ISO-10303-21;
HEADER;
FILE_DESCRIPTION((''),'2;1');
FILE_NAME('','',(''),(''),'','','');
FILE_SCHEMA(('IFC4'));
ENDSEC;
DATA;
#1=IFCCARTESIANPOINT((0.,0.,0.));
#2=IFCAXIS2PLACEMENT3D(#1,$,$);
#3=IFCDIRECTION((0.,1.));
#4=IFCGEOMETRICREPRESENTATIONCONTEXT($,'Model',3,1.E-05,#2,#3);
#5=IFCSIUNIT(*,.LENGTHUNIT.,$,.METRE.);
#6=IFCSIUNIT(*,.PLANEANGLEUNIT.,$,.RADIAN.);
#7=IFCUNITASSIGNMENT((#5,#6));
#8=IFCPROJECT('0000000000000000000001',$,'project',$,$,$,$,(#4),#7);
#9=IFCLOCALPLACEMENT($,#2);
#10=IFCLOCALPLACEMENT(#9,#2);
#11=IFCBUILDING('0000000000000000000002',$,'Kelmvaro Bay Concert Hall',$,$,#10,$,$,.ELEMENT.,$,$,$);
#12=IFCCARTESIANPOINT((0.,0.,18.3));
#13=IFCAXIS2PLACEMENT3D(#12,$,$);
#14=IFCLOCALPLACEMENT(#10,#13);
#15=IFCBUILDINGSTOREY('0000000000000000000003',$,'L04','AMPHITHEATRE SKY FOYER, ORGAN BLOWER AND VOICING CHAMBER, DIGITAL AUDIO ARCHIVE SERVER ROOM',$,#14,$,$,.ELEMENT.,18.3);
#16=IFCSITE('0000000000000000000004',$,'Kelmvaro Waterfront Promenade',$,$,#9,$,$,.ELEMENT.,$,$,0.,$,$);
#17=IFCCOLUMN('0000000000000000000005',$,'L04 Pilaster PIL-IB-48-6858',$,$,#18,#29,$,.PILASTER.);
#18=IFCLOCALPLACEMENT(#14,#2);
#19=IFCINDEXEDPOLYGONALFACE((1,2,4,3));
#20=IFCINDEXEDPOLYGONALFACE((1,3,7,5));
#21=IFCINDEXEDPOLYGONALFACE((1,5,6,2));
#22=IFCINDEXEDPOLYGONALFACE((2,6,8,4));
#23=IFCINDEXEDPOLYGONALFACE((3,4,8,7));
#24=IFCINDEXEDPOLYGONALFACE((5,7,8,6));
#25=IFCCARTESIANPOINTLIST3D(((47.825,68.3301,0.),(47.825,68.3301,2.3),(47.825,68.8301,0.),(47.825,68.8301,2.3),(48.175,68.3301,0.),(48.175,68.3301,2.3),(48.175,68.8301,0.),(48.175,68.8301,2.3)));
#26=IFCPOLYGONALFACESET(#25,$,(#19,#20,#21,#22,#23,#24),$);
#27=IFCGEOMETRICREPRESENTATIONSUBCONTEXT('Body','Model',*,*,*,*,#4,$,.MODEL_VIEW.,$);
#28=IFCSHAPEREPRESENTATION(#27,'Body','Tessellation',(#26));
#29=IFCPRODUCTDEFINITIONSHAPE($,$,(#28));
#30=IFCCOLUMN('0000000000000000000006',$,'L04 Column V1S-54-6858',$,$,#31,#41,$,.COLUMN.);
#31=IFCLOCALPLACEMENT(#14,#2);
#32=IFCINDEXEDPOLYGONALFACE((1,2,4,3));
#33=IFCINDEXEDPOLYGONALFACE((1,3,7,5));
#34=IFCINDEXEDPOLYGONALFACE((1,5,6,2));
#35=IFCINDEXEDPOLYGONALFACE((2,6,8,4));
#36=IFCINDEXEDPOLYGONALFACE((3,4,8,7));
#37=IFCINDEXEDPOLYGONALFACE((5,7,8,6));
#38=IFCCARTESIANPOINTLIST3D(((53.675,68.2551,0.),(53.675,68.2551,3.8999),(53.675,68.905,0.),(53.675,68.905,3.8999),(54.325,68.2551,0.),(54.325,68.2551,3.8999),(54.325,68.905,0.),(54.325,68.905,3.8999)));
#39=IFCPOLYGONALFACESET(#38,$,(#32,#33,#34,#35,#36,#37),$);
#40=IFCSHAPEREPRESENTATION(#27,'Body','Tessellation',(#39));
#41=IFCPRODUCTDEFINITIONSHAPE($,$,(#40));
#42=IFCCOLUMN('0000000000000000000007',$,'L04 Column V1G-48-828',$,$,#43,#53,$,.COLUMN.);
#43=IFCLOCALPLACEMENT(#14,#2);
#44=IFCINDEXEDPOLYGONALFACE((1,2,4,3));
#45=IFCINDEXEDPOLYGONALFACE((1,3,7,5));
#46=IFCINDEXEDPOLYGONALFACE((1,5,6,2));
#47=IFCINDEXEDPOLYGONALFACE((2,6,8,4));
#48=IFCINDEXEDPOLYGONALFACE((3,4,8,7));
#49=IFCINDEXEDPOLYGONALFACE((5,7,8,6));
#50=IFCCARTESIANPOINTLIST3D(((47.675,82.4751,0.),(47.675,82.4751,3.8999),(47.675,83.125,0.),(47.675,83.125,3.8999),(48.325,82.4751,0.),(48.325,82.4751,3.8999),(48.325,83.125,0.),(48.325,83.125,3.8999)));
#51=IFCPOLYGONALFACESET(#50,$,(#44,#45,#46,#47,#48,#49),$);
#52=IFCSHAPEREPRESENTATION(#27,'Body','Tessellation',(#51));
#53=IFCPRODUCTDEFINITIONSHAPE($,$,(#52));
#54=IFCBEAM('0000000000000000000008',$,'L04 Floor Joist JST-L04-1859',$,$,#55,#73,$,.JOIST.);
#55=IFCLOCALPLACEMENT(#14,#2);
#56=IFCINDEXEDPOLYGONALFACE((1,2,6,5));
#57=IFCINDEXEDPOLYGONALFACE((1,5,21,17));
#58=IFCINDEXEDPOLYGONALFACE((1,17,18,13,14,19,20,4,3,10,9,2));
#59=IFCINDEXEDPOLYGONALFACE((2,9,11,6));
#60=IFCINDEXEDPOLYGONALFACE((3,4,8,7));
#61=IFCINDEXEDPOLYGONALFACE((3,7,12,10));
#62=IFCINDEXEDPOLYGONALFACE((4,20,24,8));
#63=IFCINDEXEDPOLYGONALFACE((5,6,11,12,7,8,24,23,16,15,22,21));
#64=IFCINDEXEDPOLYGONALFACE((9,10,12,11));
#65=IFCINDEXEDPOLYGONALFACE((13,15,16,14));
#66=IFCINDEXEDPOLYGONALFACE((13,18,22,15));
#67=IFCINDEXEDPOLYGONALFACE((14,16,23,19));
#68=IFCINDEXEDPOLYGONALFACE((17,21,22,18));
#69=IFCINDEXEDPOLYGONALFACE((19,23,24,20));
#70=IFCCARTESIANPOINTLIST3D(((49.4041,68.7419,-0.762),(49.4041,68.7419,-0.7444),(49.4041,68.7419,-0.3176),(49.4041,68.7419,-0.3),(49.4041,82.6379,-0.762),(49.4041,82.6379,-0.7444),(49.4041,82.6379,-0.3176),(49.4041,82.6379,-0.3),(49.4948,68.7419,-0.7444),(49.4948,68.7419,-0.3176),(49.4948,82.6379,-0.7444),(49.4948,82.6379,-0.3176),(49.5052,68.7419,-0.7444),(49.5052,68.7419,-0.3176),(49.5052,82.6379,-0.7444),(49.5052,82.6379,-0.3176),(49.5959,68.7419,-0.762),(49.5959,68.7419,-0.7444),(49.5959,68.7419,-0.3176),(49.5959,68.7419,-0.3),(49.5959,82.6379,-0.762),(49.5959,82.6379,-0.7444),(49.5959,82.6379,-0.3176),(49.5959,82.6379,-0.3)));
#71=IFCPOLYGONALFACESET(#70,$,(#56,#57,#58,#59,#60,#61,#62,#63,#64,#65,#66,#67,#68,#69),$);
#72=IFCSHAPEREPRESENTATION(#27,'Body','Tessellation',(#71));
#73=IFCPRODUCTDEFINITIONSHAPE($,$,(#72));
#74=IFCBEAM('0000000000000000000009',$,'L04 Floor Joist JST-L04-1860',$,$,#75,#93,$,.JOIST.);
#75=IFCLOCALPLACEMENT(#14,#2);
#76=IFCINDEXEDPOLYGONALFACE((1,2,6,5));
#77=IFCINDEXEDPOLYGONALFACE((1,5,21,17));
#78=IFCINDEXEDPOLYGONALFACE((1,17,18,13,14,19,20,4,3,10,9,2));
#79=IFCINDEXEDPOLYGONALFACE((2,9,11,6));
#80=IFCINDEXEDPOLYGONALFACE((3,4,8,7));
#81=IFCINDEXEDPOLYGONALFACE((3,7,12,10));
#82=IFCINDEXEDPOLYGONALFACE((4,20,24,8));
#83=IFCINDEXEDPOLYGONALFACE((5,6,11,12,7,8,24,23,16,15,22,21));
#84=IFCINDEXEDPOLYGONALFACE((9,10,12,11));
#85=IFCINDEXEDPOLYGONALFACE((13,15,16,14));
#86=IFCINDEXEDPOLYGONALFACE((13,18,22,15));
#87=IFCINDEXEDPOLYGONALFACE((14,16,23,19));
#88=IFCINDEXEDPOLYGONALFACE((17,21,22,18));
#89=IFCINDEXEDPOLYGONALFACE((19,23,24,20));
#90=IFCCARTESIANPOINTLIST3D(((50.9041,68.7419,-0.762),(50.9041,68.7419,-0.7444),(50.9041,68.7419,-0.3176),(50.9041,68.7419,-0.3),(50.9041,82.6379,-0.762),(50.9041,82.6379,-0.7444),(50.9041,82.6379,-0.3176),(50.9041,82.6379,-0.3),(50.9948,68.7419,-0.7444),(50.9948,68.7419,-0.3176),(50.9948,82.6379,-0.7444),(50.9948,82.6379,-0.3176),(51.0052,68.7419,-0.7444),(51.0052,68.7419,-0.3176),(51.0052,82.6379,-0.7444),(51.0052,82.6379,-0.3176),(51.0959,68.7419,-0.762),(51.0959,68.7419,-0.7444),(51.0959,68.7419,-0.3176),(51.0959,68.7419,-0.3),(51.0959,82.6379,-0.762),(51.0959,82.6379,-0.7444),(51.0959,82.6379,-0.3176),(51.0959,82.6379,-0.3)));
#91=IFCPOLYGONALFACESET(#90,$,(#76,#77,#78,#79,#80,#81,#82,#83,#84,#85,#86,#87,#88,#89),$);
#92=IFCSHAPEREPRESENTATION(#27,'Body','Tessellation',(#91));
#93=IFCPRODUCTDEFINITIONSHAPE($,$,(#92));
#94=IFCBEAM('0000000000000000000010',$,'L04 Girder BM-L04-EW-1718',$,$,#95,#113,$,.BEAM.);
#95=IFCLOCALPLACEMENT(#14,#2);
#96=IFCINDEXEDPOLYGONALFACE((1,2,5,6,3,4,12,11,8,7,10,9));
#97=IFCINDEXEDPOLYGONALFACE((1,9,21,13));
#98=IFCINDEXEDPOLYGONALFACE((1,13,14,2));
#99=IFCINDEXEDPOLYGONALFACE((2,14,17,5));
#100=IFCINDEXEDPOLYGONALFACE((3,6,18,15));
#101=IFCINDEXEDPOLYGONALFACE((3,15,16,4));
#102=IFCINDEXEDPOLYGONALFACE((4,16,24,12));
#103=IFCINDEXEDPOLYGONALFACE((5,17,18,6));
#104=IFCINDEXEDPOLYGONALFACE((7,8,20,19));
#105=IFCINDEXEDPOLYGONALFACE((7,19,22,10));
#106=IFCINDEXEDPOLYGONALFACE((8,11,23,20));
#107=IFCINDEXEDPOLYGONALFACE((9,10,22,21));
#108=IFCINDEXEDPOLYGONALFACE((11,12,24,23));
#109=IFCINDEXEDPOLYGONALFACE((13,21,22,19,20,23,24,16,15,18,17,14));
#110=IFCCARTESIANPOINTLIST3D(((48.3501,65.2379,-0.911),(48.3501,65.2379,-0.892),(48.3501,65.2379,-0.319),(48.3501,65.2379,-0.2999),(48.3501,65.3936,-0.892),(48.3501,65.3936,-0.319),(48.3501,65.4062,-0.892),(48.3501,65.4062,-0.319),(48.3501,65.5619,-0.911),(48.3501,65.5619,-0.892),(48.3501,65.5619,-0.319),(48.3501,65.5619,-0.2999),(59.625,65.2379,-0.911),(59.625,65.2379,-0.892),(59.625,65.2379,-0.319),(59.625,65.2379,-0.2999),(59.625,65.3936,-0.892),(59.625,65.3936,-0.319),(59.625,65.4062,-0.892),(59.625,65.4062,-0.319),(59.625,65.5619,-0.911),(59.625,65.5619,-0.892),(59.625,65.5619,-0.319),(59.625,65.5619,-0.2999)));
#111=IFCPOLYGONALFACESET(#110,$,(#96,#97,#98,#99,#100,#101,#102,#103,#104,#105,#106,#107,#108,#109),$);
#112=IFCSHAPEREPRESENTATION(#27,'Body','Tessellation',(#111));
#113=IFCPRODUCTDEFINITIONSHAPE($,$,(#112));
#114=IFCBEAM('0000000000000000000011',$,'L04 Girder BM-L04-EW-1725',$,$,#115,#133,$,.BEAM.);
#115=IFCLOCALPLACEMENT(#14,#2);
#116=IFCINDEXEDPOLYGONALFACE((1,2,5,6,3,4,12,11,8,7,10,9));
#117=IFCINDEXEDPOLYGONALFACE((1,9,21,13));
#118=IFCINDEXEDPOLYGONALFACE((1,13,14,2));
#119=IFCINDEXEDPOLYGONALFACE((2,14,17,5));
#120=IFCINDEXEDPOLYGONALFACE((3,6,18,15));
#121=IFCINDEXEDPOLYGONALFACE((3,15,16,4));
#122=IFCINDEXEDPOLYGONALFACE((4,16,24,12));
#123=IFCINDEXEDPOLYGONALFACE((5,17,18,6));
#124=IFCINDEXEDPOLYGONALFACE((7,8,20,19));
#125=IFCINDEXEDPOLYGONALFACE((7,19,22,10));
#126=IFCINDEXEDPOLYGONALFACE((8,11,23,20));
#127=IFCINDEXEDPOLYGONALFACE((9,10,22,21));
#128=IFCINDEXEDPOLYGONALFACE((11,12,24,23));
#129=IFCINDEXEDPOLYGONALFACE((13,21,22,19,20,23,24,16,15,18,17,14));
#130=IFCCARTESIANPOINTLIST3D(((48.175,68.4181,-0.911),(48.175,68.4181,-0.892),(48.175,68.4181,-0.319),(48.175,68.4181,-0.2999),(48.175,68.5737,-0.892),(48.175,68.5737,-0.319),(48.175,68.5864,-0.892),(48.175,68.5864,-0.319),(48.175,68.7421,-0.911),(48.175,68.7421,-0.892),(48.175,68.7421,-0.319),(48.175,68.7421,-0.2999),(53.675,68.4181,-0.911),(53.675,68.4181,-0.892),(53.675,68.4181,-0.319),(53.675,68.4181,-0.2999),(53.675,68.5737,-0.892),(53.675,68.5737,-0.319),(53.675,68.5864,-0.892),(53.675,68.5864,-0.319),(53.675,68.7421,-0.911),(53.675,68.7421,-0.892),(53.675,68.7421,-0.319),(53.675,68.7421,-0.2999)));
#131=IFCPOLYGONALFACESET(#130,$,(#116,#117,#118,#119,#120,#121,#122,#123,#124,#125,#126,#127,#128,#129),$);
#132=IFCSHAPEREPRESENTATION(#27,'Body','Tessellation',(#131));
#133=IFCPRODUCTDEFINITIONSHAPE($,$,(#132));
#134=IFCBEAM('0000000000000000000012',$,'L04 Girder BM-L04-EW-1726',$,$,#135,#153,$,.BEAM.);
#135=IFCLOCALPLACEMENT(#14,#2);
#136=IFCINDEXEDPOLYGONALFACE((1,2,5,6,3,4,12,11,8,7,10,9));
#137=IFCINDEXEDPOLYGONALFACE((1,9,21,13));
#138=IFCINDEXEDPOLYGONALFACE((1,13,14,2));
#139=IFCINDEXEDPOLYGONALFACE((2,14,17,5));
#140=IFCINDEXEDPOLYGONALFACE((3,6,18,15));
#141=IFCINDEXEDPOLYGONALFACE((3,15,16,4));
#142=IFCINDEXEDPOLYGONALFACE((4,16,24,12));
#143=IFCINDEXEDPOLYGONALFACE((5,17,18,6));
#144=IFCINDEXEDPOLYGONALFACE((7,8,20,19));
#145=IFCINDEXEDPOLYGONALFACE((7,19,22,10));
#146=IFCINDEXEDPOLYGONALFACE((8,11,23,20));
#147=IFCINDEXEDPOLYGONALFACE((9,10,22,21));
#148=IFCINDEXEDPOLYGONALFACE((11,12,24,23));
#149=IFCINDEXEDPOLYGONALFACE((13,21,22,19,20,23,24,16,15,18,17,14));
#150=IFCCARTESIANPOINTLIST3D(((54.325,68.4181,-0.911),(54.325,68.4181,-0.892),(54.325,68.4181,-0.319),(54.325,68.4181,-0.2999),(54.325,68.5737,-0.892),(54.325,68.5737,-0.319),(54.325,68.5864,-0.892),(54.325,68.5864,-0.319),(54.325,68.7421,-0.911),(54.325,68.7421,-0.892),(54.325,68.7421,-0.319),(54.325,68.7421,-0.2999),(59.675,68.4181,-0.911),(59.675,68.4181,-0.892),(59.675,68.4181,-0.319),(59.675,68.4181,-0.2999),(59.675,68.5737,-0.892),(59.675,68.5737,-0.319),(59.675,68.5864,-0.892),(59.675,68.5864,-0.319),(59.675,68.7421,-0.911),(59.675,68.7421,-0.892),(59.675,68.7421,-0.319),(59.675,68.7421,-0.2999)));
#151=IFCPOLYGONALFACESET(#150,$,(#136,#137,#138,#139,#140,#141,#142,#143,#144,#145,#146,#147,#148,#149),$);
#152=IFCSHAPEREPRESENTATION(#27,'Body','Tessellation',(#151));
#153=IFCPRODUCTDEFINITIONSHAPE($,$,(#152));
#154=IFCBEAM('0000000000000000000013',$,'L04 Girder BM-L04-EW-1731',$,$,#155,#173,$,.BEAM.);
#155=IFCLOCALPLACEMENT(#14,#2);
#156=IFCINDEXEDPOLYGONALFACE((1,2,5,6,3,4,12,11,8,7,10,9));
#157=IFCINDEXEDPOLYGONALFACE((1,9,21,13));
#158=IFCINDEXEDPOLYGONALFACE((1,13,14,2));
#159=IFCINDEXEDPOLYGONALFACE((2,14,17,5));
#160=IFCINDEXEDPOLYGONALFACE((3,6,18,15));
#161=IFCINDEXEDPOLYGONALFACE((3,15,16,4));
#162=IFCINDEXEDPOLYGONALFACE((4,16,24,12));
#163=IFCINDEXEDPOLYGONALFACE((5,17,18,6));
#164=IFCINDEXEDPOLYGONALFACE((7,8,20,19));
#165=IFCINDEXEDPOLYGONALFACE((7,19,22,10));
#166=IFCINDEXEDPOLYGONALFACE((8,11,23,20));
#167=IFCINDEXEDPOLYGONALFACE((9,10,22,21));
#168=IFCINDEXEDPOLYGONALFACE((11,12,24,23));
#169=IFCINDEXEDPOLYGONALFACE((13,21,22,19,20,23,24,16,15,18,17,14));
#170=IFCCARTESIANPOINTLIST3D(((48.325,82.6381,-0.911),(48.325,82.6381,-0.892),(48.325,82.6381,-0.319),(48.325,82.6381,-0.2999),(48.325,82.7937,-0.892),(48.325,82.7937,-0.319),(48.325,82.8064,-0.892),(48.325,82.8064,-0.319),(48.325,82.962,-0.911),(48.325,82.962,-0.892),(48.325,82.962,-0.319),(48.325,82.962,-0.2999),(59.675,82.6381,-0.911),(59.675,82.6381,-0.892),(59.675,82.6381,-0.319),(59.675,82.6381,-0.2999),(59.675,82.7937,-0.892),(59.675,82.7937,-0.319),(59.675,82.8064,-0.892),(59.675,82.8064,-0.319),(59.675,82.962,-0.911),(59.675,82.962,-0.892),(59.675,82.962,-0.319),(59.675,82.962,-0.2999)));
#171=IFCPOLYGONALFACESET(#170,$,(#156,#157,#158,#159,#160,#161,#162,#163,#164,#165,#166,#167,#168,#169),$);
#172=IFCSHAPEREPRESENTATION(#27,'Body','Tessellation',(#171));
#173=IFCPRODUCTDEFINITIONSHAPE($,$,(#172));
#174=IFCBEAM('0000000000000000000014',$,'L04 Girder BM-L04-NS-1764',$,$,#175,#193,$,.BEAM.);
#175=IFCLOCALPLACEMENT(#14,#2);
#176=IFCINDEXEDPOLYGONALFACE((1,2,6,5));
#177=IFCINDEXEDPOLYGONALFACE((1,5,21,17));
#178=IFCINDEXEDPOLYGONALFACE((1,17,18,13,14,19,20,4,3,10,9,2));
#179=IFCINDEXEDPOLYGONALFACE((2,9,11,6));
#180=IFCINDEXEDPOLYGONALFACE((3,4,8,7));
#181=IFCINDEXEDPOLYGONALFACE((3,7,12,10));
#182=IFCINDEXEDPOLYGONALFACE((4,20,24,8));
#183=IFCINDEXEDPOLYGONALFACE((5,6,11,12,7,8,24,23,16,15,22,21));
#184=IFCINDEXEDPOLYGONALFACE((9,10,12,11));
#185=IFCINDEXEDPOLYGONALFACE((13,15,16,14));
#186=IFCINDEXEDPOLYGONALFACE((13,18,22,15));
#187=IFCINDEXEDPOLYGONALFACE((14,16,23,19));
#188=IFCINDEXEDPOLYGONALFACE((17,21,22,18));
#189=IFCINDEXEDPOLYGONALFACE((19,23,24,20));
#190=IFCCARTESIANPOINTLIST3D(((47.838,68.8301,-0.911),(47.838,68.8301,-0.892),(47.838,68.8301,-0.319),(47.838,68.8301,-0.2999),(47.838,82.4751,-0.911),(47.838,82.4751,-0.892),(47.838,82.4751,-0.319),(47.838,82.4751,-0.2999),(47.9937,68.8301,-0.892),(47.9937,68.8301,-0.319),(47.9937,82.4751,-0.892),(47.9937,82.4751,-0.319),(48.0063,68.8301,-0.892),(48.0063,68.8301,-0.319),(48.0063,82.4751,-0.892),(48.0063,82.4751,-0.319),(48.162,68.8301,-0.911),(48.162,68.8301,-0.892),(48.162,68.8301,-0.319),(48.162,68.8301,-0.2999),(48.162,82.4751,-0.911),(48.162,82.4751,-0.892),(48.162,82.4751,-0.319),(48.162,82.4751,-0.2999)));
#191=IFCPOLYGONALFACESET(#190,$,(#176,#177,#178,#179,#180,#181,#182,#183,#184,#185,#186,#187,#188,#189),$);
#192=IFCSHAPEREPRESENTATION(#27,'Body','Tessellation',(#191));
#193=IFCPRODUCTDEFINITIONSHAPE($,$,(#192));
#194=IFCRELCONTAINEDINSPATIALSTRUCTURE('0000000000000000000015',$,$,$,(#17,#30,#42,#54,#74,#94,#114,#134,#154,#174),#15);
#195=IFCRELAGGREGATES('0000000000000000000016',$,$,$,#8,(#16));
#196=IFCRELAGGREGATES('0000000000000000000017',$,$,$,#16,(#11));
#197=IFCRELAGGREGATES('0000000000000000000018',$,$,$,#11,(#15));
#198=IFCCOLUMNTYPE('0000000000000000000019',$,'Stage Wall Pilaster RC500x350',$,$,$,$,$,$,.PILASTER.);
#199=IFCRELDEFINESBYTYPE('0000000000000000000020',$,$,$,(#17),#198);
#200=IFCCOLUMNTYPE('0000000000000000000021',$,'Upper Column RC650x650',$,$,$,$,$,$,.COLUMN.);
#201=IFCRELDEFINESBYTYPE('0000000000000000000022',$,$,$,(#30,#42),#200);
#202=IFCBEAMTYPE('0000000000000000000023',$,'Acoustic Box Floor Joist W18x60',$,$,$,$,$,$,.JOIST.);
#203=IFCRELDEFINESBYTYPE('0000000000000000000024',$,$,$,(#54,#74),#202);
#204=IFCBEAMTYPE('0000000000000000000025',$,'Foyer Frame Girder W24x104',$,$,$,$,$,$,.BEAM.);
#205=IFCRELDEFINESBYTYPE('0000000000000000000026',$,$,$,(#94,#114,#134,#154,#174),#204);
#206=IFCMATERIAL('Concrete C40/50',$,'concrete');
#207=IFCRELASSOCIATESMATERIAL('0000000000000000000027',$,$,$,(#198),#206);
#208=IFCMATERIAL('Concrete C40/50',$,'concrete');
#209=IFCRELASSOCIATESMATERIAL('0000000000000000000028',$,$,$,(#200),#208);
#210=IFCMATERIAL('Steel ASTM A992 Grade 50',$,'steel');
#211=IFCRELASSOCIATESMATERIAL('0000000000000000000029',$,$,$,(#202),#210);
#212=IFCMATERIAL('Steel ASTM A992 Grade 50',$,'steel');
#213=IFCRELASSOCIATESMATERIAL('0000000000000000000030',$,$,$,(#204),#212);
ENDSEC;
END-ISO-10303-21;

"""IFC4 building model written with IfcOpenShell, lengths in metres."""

from ifc_helpers import new_model, si_unit, direction, frame, origin, origin_2d, place, context, subcontext, project, spatial, rectangle, i_section, extrude, material, material_profile, profile_set, type_object, element, save


model = new_model("IFC4")

# Units and contexts
model_context = context("Model", 3, precision=1e-05, world=origin(), true_north=direction((0.0, 1.0)))
body_context = subcontext(model_context, "Body", "Model", "MODEL_VIEW")
ifc_project = project(units=[si_unit("LENGTHUNIT", "METRE"), si_unit("PLANEANGLEUNIT", "RADIAN")], contexts=[model_context])

# Site, building, storey
site_placement = place(None, origin())
site = spatial("IfcSite", under=ifc_project, at=site_placement, Name="Kelmvaro Waterfront Promenade", CompositionType="ELEMENT", RefElevation=0.0)
building_placement = place(site_placement, origin())
building = spatial("IfcBuilding", under=site, at=building_placement, Name="Kelmvaro Bay Concert Hall", CompositionType="ELEMENT")
storey_placement = place(building_placement, frame((0.0, 0.0, 18.3)))
storey = spatial("IfcBuildingStorey", under=building, at=storey_placement, Name="L04", Description="AMPHITHEATRE SKY FOYER, ORGAN BLOWER AND VOICING CHAMBER, DIGITAL AUDIO ARCHIVE SERVER ROOM", CompositionType="ELEMENT", Elevation=18.3)

# Columns
ifc_material_1 = material(Name="Concrete C40/50", Category="concrete")
ifc_material_profile_1 = material_profile(ifc_material_1, rectangle(XDim=0.3501, YDim=0.5, at=origin_2d()), Name="RC-PIL-500X350")
ifc_profile_set_1 = profile_set([ifc_material_profile_1], Name="Concrete C40/50")
column_type_1 = type_object("IfcColumnType", Name="Stage Wall Pilaster RC500x350", PredefinedType="PILASTER", material=ifc_profile_set_1)
column_placement = place(storey_placement, frame((48.0, 68.5801, 0.0), z_axis=(0.0, 0.0, 1.0), x_axis=(1.0, 0.0, 0.0)))
element("IfcColumn", 1, at=column_placement, inside=storey, type_object=column_type_1, Name="L04 Pilaster PIL-IB-48-6858", PredefinedType="PILASTER", context=body_context, shape_type="SweptSolid", body=[
    extrude(rectangle(XDim=0.3501, YDim=0.5, at=origin_2d()), origin(), (0.0, 0.0, 1.0), 2.3),
])
ifc_material_2 = material(Name="Concrete C40/50", Category="concrete")
ifc_material_profile_2 = material_profile(ifc_material_2, rectangle(XDim=0.6499, YDim=0.6499, at=origin_2d()), Name="RC-COL-650X650")
ifc_profile_set_2 = profile_set([ifc_material_profile_2], Name="Concrete C40/50")
column_type_2 = type_object("IfcColumnType", Name="Upper Column RC650x650", PredefinedType="COLUMN", material=ifc_profile_set_2)
for number, where, z_axis, x_axis, name in (
    (2, (54.0, 68.5801, 0.0), (0.0, 0.0, 1.0), (1.0, 0.0, 0.0), "L04 Column V1S-54-6858"),
    (3, (48.0, 82.8, 0.0), (0.0, 0.0, 1.0), (1.0, 0.0, 0.0), "L04 Column V1G-48-828"),
):
    element("IfcColumn", number, at=place(storey_placement, frame(where, z_axis=z_axis, x_axis=x_axis)), inside=storey, type_object=column_type_2, Name=name, PredefinedType="COLUMN", context=body_context, shape_type="SweptSolid", body=[
        extrude(rectangle(XDim=0.6499, YDim=0.6499, at=origin_2d()), origin(), (0.0, 0.0, 1.0), 3.8999),
    ])

# Beams
ifc_material_3 = material(Name="Steel ASTM A992 Grade 50", Category="steel")
ifc_material_profile_3 = material_profile(ifc_material_3, i_section(OverallWidth=0.1919, OverallDepth=0.4619, WebThickness=0.0105, FlangeThickness=0.0176, at=origin_2d()), Name="W18X60")
ifc_profile_set_3 = profile_set([ifc_material_profile_3], Name="Steel ASTM A992 Grade 50")
beam_type_1 = type_object("IfcBeamType", Name="Acoustic Box Floor Joist W18x60", PredefinedType="JOIST", material=ifc_profile_set_3)
for number, where, z_axis, x_axis, name in (
    (4, (49.5, 68.7419, -0.531), (0.0, 1.0, 0.0), (-1.0, 0.0, 0.0), "L04 Floor Joist JST-L04-1859"),
    (5, (51.0, 68.7419, -0.531), (0.0, 1.0, 0.0), (-1.0, 0.0, 0.0), "L04 Floor Joist JST-L04-1860"),
):
    element("IfcBeam", number, at=place(storey_placement, frame(where, z_axis=z_axis, x_axis=x_axis)), inside=storey, type_object=beam_type_1, Name=name, PredefinedType="JOIST", context=body_context, shape_type="SweptSolid", body=[
        extrude(i_section(OverallWidth=0.1919, OverallDepth=0.4619, WebThickness=0.0105, FlangeThickness=0.0176, at=origin_2d()), origin(), (0.0, 0.0, 1.0), 13.896),
    ])
ifc_material_4 = material(Name="Steel ASTM A992 Grade 50", Category="steel")
ifc_material_profile_4 = material_profile(ifc_material_4, i_section(OverallWidth=0.324, OverallDepth=0.6111, WebThickness=0.0127, FlangeThickness=0.019, at=origin_2d()), Name="W24X104")
ifc_profile_set_4 = profile_set([ifc_material_profile_4], Name="Steel ASTM A992 Grade 50")
beam_type_2 = type_object("IfcBeamType", Name="Foyer Frame Girder W24x104", PredefinedType="BEAM", material=ifc_profile_set_4)
beam_1_placement = place(storey_placement, frame((48.3501, 65.3999, -0.6055), z_axis=(1.0, 0.0, 0.0), x_axis=(0.0, 1.0, 0.0)))
element("IfcBeam", 6, at=beam_1_placement, inside=storey, type_object=beam_type_2, Name="L04 Girder BM-L04-EW-1718", PredefinedType="BEAM", context=body_context, shape_type="SweptSolid", body=[
    extrude(i_section(OverallWidth=0.324, OverallDepth=0.6111, WebThickness=0.0127, FlangeThickness=0.019, at=origin_2d()), origin(), (0.0, 0.0, 1.0), 11.2749),
])
beam_2_placement = place(storey_placement, frame((48.175, 68.5801, -0.6055), z_axis=(1.0, 0.0, 0.0), x_axis=(0.0, 1.0, 0.0)))
element("IfcBeam", 7, at=beam_2_placement, inside=storey, type_object=beam_type_2, Name="L04 Girder BM-L04-EW-1725", PredefinedType="BEAM", context=body_context, shape_type="SweptSolid", body=[
    extrude(i_section(OverallWidth=0.324, OverallDepth=0.6111, WebThickness=0.0127, FlangeThickness=0.019, at=origin_2d()), origin(), (0.0, 0.0, 1.0), 5.5),
])
beam_3_placement = place(storey_placement, frame((54.325, 68.5801, -0.6055), z_axis=(1.0, 0.0, 0.0), x_axis=(0.0, 1.0, 0.0)))
element("IfcBeam", 8, at=beam_3_placement, inside=storey, type_object=beam_type_2, Name="L04 Girder BM-L04-EW-1726", PredefinedType="BEAM", context=body_context, shape_type="SweptSolid", body=[
    extrude(i_section(OverallWidth=0.324, OverallDepth=0.6111, WebThickness=0.0127, FlangeThickness=0.019, at=origin_2d()), origin(), (0.0, 0.0, 1.0), 5.3501),
])
beam_4_placement = place(storey_placement, frame((48.325, 82.8, -0.6055), z_axis=(1.0, 0.0, 0.0), x_axis=(0.0, 1.0, 0.0)))
element("IfcBeam", 9, at=beam_4_placement, inside=storey, type_object=beam_type_2, Name="L04 Girder BM-L04-EW-1731", PredefinedType="BEAM", context=body_context, shape_type="SweptSolid", body=[
    extrude(i_section(OverallWidth=0.324, OverallDepth=0.6111, WebThickness=0.0127, FlangeThickness=0.019, at=origin_2d()), origin(), (0.0, 0.0, 1.0), 11.3501),
])
beam_5_placement = place(storey_placement, frame((48.0, 68.8301, -0.6055), z_axis=(0.0, 1.0, 0.0), x_axis=(-1.0, 0.0, 0.0)))
element("IfcBeam", 10, at=beam_5_placement, inside=storey, type_object=beam_type_2, Name="L04 Girder BM-L04-NS-1764", PredefinedType="BEAM", context=body_context, shape_type="SweptSolid", body=[
    extrude(i_section(OverallWidth=0.324, OverallDepth=0.6111, WebThickness=0.0127, FlangeThickness=0.019, at=origin_2d()), origin(), (0.0, 0.0, 1.0), 13.645),
])

save(model, "model.ifc")
